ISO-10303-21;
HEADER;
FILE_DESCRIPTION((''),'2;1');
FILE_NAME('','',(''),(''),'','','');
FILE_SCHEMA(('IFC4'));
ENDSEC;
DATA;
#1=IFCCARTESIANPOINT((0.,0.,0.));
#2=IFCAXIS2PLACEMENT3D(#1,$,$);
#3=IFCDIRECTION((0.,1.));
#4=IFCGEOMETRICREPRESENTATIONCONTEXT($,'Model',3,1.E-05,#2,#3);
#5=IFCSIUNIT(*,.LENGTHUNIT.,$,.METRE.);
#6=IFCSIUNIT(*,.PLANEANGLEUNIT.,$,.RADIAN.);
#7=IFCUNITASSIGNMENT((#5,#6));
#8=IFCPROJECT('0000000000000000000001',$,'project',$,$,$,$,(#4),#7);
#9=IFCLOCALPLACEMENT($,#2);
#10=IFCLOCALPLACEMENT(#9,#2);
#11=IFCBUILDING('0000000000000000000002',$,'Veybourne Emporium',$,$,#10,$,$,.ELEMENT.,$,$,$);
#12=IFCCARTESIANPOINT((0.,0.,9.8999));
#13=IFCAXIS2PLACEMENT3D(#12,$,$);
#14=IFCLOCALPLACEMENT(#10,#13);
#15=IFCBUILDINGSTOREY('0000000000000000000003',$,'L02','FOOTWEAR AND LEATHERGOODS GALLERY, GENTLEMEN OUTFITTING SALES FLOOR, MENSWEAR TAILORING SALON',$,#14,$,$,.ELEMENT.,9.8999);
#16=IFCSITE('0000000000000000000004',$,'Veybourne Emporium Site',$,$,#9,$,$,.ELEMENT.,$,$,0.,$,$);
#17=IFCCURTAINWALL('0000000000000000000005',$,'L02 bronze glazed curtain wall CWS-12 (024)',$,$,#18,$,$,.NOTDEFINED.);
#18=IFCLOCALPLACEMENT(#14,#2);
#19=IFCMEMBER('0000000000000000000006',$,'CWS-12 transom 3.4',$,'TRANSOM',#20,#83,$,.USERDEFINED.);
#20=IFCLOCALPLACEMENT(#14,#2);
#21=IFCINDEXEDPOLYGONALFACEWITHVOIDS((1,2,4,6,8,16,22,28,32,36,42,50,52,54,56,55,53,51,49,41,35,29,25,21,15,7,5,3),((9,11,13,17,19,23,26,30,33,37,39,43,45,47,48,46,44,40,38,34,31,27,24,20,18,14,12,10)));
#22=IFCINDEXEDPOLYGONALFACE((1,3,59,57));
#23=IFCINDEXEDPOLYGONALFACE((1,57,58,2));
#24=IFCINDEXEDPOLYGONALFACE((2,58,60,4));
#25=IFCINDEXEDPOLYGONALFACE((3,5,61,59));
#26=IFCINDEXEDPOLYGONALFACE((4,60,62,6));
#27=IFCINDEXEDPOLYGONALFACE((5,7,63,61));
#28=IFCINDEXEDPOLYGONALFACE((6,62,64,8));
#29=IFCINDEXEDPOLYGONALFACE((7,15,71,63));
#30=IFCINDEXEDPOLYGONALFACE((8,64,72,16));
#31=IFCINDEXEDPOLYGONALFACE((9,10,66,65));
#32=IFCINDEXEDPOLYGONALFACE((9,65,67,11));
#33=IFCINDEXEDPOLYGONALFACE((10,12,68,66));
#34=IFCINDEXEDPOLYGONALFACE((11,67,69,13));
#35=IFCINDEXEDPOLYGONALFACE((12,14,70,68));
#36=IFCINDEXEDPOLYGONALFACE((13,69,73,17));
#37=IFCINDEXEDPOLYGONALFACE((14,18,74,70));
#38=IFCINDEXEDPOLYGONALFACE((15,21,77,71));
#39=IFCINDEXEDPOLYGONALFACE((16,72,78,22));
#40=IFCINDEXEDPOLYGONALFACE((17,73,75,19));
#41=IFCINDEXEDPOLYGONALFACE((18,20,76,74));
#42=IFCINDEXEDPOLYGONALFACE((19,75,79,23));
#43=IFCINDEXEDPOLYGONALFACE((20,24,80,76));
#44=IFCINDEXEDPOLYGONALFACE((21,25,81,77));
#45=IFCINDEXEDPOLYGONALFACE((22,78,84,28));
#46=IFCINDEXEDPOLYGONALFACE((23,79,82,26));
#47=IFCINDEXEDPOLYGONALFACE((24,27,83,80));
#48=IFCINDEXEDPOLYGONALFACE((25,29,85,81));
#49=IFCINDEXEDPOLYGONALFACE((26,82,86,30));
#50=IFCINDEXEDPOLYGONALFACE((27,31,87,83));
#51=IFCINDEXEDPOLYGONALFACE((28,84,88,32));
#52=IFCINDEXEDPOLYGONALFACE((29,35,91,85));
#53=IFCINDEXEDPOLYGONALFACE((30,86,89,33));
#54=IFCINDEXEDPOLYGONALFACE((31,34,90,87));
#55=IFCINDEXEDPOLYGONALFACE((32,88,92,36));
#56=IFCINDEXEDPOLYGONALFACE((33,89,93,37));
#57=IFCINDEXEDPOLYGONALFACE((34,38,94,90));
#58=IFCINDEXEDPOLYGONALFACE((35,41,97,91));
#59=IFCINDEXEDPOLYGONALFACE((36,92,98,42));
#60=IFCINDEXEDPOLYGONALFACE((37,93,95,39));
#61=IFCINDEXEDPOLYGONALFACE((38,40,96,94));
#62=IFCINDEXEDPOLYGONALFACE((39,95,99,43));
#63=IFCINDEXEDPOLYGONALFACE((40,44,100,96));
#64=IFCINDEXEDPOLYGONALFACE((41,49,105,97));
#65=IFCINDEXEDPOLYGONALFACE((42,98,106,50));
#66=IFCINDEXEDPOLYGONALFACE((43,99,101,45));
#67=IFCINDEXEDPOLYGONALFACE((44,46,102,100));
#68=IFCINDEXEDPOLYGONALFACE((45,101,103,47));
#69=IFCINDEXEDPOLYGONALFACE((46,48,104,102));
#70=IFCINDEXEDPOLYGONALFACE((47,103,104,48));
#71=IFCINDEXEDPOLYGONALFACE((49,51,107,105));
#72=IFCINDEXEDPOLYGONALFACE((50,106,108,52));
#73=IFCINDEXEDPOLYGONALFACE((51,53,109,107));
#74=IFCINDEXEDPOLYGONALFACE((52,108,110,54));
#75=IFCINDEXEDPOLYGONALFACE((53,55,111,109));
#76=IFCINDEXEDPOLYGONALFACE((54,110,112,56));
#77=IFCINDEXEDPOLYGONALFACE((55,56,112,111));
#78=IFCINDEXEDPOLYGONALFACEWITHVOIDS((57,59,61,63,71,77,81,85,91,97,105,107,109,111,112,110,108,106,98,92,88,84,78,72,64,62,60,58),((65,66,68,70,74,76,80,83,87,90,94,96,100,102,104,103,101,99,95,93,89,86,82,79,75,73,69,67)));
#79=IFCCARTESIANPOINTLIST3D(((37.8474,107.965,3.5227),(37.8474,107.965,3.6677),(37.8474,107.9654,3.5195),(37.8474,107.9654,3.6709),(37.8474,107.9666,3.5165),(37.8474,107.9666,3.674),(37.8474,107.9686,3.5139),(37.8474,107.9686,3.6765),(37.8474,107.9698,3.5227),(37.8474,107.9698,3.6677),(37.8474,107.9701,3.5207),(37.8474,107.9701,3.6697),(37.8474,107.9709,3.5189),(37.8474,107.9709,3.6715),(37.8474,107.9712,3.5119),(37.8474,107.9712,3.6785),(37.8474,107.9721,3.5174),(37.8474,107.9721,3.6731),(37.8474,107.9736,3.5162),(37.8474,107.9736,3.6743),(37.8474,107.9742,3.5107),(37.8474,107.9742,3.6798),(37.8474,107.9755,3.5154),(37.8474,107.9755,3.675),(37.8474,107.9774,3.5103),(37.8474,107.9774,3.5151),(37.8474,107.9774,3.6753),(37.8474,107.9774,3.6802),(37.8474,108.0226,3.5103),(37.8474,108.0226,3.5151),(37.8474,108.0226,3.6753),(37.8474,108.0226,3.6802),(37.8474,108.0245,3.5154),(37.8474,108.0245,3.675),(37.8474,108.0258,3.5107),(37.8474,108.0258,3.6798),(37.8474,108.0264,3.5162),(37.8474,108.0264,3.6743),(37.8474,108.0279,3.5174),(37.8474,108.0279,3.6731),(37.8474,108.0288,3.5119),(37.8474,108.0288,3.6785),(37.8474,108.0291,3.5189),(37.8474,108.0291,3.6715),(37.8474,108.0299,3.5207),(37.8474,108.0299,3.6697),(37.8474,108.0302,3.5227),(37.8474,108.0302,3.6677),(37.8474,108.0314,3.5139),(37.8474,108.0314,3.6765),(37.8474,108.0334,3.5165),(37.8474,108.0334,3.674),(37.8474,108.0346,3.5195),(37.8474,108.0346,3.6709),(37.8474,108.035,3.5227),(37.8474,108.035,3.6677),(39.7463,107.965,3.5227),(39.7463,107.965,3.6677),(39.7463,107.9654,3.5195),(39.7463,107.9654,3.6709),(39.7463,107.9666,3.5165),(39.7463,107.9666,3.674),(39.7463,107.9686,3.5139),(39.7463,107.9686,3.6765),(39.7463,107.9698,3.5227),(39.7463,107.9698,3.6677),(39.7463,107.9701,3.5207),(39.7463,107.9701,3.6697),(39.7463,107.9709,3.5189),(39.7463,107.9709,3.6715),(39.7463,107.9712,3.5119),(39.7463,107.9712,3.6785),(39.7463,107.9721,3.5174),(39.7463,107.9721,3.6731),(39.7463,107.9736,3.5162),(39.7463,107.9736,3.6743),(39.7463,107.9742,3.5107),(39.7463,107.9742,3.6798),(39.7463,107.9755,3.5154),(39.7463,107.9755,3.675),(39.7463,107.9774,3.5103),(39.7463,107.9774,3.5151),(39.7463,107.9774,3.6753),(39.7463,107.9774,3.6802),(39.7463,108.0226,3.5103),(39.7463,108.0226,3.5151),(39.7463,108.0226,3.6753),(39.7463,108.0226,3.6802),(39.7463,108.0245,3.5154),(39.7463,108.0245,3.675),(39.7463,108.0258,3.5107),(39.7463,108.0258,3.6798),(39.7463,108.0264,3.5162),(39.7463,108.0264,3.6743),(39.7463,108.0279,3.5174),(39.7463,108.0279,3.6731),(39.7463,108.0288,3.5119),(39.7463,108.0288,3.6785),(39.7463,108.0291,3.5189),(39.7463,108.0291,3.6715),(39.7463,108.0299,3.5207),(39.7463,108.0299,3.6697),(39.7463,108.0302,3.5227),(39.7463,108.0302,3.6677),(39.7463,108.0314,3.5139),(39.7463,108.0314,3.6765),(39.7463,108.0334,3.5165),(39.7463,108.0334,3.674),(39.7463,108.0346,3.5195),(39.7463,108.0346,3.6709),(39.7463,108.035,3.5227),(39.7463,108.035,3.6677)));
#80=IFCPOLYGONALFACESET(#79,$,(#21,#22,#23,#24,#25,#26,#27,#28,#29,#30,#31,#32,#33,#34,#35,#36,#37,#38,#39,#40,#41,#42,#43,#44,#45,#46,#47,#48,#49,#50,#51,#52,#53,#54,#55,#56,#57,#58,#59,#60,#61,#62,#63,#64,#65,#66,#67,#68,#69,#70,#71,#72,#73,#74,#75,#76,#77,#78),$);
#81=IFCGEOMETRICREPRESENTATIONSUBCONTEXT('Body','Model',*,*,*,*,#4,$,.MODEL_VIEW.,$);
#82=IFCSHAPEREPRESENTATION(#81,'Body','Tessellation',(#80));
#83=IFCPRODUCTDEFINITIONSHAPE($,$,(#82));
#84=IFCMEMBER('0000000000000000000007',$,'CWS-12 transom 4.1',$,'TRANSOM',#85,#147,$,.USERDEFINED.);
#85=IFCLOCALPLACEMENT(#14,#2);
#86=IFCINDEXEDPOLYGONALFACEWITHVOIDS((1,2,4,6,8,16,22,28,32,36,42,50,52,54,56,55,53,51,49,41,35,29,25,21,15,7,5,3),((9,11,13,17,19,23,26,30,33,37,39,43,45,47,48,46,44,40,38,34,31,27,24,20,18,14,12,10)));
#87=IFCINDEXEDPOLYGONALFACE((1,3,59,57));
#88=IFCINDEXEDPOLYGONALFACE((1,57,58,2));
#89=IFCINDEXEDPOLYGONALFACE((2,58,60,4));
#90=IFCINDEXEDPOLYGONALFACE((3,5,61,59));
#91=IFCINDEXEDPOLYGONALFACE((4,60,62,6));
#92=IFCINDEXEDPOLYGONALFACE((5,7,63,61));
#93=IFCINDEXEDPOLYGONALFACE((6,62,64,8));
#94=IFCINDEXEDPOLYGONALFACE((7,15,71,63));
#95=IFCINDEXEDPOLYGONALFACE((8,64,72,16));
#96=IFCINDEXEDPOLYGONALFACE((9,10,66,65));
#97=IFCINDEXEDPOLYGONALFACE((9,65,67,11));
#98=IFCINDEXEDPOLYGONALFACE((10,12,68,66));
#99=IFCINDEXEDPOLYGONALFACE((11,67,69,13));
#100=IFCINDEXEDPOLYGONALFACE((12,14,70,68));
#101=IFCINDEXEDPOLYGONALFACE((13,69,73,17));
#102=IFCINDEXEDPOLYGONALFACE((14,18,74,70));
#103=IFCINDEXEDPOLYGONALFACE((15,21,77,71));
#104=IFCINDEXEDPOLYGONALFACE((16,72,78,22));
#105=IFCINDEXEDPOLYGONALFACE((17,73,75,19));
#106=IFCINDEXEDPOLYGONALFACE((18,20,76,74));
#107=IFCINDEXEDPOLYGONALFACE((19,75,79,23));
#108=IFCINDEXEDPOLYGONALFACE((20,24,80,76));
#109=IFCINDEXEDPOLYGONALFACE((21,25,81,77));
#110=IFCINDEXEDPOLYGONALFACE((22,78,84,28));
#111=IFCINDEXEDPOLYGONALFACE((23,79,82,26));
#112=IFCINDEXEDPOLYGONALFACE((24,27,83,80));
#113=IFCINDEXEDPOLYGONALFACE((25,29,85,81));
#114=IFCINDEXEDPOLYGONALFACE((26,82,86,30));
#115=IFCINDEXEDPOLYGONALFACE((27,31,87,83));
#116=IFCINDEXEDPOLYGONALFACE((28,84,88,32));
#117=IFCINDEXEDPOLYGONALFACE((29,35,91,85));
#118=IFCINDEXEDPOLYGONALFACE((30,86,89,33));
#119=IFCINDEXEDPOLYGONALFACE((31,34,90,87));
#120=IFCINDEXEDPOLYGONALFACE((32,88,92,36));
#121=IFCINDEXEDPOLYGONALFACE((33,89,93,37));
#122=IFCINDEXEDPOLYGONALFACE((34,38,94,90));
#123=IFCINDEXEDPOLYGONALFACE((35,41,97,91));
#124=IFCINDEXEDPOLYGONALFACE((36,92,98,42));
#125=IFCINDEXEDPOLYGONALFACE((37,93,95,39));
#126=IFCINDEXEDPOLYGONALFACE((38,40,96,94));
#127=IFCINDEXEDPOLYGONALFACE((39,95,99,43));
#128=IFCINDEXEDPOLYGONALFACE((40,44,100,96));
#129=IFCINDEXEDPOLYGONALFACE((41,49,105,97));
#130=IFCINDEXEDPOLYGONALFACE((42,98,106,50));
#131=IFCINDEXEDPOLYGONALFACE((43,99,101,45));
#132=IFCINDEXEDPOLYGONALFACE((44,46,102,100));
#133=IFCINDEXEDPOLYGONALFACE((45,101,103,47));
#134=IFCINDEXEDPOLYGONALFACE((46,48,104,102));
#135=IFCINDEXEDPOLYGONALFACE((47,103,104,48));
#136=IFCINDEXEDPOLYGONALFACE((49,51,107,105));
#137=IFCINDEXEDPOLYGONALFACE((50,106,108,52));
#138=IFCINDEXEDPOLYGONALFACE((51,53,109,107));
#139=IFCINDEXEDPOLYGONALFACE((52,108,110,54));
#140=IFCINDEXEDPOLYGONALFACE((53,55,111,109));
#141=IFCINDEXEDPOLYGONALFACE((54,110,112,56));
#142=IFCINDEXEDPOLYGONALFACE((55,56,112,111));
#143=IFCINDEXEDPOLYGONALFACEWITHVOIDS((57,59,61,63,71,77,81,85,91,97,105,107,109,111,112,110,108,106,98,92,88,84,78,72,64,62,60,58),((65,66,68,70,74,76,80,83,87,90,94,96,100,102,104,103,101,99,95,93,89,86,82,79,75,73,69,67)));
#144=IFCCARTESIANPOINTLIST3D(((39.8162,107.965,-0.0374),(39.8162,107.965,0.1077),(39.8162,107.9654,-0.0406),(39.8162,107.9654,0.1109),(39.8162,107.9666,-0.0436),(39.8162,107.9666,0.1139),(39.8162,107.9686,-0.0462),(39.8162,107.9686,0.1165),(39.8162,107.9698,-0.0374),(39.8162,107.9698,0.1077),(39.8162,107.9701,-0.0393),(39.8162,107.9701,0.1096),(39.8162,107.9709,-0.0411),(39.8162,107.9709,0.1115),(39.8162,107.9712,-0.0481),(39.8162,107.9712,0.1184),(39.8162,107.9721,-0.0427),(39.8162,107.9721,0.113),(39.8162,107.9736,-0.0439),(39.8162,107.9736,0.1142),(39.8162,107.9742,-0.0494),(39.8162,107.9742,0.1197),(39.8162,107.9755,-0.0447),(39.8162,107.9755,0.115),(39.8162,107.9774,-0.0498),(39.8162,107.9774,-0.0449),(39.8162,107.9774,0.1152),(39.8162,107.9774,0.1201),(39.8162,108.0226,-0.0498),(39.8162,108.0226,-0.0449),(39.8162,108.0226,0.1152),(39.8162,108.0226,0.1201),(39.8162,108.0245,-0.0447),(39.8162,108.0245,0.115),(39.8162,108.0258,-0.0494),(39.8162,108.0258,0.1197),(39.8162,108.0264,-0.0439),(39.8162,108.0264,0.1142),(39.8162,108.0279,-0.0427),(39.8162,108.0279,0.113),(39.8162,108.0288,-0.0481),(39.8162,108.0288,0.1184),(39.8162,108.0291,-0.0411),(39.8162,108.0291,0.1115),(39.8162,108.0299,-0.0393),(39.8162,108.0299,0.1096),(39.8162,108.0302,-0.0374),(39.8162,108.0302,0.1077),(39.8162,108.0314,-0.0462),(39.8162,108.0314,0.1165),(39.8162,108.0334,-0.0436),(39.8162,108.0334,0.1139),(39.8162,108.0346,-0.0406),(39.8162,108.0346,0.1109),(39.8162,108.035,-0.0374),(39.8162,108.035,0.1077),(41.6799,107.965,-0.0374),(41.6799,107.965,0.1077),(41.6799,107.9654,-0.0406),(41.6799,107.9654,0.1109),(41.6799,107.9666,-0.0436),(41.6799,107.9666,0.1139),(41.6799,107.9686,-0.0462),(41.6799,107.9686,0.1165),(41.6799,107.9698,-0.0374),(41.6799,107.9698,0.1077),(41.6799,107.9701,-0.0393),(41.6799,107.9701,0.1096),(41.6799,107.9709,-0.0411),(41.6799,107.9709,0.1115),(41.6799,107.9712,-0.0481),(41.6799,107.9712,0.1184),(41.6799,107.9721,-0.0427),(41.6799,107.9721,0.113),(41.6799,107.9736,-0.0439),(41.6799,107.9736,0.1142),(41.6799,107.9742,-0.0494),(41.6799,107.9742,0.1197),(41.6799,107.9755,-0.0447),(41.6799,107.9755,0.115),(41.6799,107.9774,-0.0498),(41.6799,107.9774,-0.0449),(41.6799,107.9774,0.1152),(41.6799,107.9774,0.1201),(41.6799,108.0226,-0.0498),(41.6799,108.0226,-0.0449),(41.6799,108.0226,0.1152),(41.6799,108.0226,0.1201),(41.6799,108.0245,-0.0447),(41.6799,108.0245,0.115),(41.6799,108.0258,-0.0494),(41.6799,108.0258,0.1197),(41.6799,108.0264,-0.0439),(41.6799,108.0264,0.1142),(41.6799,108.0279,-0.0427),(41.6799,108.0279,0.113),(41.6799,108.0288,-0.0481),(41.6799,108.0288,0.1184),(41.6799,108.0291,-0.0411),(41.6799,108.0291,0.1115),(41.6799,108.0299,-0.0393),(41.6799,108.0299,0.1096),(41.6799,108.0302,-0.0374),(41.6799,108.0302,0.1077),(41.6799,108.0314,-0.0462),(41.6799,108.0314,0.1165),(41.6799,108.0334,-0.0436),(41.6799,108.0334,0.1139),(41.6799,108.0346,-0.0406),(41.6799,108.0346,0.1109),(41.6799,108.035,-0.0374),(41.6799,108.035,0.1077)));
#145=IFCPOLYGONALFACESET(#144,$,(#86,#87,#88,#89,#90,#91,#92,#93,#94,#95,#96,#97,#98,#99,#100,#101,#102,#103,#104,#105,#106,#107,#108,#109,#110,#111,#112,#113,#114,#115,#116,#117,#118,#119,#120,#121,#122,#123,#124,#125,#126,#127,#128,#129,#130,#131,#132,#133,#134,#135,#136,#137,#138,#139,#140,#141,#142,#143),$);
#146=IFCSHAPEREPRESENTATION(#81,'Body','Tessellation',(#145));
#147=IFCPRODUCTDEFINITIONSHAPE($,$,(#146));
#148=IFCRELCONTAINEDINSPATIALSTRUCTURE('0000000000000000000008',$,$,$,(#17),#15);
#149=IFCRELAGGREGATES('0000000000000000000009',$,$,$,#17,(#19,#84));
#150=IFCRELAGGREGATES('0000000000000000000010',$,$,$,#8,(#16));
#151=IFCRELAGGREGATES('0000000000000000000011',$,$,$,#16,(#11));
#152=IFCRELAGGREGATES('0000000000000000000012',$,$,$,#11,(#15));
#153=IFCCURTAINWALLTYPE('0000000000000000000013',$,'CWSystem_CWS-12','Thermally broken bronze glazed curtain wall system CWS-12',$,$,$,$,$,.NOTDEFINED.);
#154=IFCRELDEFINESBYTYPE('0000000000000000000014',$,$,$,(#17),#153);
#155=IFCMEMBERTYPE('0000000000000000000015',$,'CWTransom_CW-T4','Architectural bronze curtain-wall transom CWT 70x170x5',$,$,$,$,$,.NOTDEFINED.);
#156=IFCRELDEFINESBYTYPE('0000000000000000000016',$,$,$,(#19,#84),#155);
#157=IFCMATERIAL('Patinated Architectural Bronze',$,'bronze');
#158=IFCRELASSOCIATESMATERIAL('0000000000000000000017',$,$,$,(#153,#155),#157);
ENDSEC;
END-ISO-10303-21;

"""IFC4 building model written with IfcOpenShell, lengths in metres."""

from ifc_helpers import new_model, si_unit, direction, frame, origin, origin_2d, place, context, subcontext, project, spatial, hollow_rectangle, extrude, material, material_profile, profile_set, type_object, element, aggregate, save


model = new_model("IFC4")

# Units and contexts
model_context = context("Model", 3, precision=1e-05, world=origin(), true_north=direction((0.0, 1.0)))
body_context = subcontext(model_context, "Body", "Model", "MODEL_VIEW")
ifc_project = project(units=[si_unit("LENGTHUNIT", "METRE"), si_unit("PLANEANGLEUNIT", "RADIAN")], contexts=[model_context])

# Site, building, storey
site_placement = place(None, origin())
site = spatial("IfcSite", under=ifc_project, at=site_placement, Name="Veybourne Emporium Site", CompositionType="ELEMENT", RefElevation=0.0)
building_placement = place(site_placement, origin())
building = spatial("IfcBuilding", under=site, at=building_placement, Name="Veybourne Emporium", CompositionType="ELEMENT")
storey_placement = place(building_placement, frame((0.0, 0.0, 9.8999)))
storey = spatial("IfcBuildingStorey", under=building, at=storey_placement, Name="L02", Description="FOOTWEAR AND LEATHERGOODS GALLERY, GENTLEMEN OUTFITTING SALES FLOOR, MENSWEAR TAILORING SALON", CompositionType="ELEMENT", Elevation=9.8999)

# Curtain wall, members
ifc_material_1 = material(Name="Patinated Architectural Bronze", Category="bronze")
curtain_wall_type = type_object("IfcCurtainWallType", Name="CWSystem_CWS-12", Description="Thermally broken bronze glazed curtain wall system CWS-12", PredefinedType="NOTDEFINED", material=ifc_material_1)
curtain_wall_placement = place(storey_placement, origin())
curtain_wall = element("IfcCurtainWall", 1, at=curtain_wall_placement, inside=storey, type_object=curtain_wall_type, Name="L02 bronze glazed curtain wall CWS-12 (024)", PredefinedType="NOTDEFINED")
ifc_material_profile_1 = material_profile(ifc_material_1, hollow_rectangle(XDim=0.0701, YDim=0.1699, WallThickness=0.0049, InnerFilletRadius=0.0076, OuterFilletRadius=0.0125, at=origin_2d()), Name="CWT 70x170x5")
ifc_profile_set_1 = profile_set([ifc_material_profile_1], Name="Patinated Architectural Bronze")
member_type_1 = type_object("IfcMemberType", Name="CWTransom_CW-T4", Description="Architectural bronze curtain-wall transom CWT 70x170x5", PredefinedType="NOTDEFINED", material=ifc_profile_set_1)
member_1_placement = place(storey_placement, frame((37.8474, 108.0, 3.5952), z_axis=(1.0, 0.0, 0.0), x_axis=(0.0, 1.0, 0.0)))
member_1 = element("IfcMember", 2, at=member_1_placement, type_object=member_type_1, Name="CWS-12 transom 3.4", ObjectType="TRANSOM", PredefinedType="USERDEFINED", context=body_context, shape_type="SweptSolid", body=[
    extrude(hollow_rectangle(XDim=0.0701, YDim=0.1699, WallThickness=0.0049, InnerFilletRadius=0.0076, OuterFilletRadius=0.0125, at=origin_2d()), origin(), (0.0, 0.0, 1.0), 1.8989),
])
member_2_placement = place(storey_placement, frame((39.8162, 108.0, 0.0352), z_axis=(1.0, 0.0, 0.0), x_axis=(0.0, 1.0, 0.0)))
member_2 = element("IfcMember", 3, at=member_2_placement, type_object=member_type_1, Name="CWS-12 transom 4.1", ObjectType="TRANSOM", PredefinedType="USERDEFINED", context=body_context, shape_type="SweptSolid", body=[
    extrude(hollow_rectangle(XDim=0.0701, YDim=0.1699, WallThickness=0.0049, InnerFilletRadius=0.0076, OuterFilletRadius=0.0125, at=origin_2d()), origin(), (0.0, 0.0, 1.0), 1.8638),
])

aggregate(curtain_wall, [member_1, member_2])

save(model, "model.ifc")
